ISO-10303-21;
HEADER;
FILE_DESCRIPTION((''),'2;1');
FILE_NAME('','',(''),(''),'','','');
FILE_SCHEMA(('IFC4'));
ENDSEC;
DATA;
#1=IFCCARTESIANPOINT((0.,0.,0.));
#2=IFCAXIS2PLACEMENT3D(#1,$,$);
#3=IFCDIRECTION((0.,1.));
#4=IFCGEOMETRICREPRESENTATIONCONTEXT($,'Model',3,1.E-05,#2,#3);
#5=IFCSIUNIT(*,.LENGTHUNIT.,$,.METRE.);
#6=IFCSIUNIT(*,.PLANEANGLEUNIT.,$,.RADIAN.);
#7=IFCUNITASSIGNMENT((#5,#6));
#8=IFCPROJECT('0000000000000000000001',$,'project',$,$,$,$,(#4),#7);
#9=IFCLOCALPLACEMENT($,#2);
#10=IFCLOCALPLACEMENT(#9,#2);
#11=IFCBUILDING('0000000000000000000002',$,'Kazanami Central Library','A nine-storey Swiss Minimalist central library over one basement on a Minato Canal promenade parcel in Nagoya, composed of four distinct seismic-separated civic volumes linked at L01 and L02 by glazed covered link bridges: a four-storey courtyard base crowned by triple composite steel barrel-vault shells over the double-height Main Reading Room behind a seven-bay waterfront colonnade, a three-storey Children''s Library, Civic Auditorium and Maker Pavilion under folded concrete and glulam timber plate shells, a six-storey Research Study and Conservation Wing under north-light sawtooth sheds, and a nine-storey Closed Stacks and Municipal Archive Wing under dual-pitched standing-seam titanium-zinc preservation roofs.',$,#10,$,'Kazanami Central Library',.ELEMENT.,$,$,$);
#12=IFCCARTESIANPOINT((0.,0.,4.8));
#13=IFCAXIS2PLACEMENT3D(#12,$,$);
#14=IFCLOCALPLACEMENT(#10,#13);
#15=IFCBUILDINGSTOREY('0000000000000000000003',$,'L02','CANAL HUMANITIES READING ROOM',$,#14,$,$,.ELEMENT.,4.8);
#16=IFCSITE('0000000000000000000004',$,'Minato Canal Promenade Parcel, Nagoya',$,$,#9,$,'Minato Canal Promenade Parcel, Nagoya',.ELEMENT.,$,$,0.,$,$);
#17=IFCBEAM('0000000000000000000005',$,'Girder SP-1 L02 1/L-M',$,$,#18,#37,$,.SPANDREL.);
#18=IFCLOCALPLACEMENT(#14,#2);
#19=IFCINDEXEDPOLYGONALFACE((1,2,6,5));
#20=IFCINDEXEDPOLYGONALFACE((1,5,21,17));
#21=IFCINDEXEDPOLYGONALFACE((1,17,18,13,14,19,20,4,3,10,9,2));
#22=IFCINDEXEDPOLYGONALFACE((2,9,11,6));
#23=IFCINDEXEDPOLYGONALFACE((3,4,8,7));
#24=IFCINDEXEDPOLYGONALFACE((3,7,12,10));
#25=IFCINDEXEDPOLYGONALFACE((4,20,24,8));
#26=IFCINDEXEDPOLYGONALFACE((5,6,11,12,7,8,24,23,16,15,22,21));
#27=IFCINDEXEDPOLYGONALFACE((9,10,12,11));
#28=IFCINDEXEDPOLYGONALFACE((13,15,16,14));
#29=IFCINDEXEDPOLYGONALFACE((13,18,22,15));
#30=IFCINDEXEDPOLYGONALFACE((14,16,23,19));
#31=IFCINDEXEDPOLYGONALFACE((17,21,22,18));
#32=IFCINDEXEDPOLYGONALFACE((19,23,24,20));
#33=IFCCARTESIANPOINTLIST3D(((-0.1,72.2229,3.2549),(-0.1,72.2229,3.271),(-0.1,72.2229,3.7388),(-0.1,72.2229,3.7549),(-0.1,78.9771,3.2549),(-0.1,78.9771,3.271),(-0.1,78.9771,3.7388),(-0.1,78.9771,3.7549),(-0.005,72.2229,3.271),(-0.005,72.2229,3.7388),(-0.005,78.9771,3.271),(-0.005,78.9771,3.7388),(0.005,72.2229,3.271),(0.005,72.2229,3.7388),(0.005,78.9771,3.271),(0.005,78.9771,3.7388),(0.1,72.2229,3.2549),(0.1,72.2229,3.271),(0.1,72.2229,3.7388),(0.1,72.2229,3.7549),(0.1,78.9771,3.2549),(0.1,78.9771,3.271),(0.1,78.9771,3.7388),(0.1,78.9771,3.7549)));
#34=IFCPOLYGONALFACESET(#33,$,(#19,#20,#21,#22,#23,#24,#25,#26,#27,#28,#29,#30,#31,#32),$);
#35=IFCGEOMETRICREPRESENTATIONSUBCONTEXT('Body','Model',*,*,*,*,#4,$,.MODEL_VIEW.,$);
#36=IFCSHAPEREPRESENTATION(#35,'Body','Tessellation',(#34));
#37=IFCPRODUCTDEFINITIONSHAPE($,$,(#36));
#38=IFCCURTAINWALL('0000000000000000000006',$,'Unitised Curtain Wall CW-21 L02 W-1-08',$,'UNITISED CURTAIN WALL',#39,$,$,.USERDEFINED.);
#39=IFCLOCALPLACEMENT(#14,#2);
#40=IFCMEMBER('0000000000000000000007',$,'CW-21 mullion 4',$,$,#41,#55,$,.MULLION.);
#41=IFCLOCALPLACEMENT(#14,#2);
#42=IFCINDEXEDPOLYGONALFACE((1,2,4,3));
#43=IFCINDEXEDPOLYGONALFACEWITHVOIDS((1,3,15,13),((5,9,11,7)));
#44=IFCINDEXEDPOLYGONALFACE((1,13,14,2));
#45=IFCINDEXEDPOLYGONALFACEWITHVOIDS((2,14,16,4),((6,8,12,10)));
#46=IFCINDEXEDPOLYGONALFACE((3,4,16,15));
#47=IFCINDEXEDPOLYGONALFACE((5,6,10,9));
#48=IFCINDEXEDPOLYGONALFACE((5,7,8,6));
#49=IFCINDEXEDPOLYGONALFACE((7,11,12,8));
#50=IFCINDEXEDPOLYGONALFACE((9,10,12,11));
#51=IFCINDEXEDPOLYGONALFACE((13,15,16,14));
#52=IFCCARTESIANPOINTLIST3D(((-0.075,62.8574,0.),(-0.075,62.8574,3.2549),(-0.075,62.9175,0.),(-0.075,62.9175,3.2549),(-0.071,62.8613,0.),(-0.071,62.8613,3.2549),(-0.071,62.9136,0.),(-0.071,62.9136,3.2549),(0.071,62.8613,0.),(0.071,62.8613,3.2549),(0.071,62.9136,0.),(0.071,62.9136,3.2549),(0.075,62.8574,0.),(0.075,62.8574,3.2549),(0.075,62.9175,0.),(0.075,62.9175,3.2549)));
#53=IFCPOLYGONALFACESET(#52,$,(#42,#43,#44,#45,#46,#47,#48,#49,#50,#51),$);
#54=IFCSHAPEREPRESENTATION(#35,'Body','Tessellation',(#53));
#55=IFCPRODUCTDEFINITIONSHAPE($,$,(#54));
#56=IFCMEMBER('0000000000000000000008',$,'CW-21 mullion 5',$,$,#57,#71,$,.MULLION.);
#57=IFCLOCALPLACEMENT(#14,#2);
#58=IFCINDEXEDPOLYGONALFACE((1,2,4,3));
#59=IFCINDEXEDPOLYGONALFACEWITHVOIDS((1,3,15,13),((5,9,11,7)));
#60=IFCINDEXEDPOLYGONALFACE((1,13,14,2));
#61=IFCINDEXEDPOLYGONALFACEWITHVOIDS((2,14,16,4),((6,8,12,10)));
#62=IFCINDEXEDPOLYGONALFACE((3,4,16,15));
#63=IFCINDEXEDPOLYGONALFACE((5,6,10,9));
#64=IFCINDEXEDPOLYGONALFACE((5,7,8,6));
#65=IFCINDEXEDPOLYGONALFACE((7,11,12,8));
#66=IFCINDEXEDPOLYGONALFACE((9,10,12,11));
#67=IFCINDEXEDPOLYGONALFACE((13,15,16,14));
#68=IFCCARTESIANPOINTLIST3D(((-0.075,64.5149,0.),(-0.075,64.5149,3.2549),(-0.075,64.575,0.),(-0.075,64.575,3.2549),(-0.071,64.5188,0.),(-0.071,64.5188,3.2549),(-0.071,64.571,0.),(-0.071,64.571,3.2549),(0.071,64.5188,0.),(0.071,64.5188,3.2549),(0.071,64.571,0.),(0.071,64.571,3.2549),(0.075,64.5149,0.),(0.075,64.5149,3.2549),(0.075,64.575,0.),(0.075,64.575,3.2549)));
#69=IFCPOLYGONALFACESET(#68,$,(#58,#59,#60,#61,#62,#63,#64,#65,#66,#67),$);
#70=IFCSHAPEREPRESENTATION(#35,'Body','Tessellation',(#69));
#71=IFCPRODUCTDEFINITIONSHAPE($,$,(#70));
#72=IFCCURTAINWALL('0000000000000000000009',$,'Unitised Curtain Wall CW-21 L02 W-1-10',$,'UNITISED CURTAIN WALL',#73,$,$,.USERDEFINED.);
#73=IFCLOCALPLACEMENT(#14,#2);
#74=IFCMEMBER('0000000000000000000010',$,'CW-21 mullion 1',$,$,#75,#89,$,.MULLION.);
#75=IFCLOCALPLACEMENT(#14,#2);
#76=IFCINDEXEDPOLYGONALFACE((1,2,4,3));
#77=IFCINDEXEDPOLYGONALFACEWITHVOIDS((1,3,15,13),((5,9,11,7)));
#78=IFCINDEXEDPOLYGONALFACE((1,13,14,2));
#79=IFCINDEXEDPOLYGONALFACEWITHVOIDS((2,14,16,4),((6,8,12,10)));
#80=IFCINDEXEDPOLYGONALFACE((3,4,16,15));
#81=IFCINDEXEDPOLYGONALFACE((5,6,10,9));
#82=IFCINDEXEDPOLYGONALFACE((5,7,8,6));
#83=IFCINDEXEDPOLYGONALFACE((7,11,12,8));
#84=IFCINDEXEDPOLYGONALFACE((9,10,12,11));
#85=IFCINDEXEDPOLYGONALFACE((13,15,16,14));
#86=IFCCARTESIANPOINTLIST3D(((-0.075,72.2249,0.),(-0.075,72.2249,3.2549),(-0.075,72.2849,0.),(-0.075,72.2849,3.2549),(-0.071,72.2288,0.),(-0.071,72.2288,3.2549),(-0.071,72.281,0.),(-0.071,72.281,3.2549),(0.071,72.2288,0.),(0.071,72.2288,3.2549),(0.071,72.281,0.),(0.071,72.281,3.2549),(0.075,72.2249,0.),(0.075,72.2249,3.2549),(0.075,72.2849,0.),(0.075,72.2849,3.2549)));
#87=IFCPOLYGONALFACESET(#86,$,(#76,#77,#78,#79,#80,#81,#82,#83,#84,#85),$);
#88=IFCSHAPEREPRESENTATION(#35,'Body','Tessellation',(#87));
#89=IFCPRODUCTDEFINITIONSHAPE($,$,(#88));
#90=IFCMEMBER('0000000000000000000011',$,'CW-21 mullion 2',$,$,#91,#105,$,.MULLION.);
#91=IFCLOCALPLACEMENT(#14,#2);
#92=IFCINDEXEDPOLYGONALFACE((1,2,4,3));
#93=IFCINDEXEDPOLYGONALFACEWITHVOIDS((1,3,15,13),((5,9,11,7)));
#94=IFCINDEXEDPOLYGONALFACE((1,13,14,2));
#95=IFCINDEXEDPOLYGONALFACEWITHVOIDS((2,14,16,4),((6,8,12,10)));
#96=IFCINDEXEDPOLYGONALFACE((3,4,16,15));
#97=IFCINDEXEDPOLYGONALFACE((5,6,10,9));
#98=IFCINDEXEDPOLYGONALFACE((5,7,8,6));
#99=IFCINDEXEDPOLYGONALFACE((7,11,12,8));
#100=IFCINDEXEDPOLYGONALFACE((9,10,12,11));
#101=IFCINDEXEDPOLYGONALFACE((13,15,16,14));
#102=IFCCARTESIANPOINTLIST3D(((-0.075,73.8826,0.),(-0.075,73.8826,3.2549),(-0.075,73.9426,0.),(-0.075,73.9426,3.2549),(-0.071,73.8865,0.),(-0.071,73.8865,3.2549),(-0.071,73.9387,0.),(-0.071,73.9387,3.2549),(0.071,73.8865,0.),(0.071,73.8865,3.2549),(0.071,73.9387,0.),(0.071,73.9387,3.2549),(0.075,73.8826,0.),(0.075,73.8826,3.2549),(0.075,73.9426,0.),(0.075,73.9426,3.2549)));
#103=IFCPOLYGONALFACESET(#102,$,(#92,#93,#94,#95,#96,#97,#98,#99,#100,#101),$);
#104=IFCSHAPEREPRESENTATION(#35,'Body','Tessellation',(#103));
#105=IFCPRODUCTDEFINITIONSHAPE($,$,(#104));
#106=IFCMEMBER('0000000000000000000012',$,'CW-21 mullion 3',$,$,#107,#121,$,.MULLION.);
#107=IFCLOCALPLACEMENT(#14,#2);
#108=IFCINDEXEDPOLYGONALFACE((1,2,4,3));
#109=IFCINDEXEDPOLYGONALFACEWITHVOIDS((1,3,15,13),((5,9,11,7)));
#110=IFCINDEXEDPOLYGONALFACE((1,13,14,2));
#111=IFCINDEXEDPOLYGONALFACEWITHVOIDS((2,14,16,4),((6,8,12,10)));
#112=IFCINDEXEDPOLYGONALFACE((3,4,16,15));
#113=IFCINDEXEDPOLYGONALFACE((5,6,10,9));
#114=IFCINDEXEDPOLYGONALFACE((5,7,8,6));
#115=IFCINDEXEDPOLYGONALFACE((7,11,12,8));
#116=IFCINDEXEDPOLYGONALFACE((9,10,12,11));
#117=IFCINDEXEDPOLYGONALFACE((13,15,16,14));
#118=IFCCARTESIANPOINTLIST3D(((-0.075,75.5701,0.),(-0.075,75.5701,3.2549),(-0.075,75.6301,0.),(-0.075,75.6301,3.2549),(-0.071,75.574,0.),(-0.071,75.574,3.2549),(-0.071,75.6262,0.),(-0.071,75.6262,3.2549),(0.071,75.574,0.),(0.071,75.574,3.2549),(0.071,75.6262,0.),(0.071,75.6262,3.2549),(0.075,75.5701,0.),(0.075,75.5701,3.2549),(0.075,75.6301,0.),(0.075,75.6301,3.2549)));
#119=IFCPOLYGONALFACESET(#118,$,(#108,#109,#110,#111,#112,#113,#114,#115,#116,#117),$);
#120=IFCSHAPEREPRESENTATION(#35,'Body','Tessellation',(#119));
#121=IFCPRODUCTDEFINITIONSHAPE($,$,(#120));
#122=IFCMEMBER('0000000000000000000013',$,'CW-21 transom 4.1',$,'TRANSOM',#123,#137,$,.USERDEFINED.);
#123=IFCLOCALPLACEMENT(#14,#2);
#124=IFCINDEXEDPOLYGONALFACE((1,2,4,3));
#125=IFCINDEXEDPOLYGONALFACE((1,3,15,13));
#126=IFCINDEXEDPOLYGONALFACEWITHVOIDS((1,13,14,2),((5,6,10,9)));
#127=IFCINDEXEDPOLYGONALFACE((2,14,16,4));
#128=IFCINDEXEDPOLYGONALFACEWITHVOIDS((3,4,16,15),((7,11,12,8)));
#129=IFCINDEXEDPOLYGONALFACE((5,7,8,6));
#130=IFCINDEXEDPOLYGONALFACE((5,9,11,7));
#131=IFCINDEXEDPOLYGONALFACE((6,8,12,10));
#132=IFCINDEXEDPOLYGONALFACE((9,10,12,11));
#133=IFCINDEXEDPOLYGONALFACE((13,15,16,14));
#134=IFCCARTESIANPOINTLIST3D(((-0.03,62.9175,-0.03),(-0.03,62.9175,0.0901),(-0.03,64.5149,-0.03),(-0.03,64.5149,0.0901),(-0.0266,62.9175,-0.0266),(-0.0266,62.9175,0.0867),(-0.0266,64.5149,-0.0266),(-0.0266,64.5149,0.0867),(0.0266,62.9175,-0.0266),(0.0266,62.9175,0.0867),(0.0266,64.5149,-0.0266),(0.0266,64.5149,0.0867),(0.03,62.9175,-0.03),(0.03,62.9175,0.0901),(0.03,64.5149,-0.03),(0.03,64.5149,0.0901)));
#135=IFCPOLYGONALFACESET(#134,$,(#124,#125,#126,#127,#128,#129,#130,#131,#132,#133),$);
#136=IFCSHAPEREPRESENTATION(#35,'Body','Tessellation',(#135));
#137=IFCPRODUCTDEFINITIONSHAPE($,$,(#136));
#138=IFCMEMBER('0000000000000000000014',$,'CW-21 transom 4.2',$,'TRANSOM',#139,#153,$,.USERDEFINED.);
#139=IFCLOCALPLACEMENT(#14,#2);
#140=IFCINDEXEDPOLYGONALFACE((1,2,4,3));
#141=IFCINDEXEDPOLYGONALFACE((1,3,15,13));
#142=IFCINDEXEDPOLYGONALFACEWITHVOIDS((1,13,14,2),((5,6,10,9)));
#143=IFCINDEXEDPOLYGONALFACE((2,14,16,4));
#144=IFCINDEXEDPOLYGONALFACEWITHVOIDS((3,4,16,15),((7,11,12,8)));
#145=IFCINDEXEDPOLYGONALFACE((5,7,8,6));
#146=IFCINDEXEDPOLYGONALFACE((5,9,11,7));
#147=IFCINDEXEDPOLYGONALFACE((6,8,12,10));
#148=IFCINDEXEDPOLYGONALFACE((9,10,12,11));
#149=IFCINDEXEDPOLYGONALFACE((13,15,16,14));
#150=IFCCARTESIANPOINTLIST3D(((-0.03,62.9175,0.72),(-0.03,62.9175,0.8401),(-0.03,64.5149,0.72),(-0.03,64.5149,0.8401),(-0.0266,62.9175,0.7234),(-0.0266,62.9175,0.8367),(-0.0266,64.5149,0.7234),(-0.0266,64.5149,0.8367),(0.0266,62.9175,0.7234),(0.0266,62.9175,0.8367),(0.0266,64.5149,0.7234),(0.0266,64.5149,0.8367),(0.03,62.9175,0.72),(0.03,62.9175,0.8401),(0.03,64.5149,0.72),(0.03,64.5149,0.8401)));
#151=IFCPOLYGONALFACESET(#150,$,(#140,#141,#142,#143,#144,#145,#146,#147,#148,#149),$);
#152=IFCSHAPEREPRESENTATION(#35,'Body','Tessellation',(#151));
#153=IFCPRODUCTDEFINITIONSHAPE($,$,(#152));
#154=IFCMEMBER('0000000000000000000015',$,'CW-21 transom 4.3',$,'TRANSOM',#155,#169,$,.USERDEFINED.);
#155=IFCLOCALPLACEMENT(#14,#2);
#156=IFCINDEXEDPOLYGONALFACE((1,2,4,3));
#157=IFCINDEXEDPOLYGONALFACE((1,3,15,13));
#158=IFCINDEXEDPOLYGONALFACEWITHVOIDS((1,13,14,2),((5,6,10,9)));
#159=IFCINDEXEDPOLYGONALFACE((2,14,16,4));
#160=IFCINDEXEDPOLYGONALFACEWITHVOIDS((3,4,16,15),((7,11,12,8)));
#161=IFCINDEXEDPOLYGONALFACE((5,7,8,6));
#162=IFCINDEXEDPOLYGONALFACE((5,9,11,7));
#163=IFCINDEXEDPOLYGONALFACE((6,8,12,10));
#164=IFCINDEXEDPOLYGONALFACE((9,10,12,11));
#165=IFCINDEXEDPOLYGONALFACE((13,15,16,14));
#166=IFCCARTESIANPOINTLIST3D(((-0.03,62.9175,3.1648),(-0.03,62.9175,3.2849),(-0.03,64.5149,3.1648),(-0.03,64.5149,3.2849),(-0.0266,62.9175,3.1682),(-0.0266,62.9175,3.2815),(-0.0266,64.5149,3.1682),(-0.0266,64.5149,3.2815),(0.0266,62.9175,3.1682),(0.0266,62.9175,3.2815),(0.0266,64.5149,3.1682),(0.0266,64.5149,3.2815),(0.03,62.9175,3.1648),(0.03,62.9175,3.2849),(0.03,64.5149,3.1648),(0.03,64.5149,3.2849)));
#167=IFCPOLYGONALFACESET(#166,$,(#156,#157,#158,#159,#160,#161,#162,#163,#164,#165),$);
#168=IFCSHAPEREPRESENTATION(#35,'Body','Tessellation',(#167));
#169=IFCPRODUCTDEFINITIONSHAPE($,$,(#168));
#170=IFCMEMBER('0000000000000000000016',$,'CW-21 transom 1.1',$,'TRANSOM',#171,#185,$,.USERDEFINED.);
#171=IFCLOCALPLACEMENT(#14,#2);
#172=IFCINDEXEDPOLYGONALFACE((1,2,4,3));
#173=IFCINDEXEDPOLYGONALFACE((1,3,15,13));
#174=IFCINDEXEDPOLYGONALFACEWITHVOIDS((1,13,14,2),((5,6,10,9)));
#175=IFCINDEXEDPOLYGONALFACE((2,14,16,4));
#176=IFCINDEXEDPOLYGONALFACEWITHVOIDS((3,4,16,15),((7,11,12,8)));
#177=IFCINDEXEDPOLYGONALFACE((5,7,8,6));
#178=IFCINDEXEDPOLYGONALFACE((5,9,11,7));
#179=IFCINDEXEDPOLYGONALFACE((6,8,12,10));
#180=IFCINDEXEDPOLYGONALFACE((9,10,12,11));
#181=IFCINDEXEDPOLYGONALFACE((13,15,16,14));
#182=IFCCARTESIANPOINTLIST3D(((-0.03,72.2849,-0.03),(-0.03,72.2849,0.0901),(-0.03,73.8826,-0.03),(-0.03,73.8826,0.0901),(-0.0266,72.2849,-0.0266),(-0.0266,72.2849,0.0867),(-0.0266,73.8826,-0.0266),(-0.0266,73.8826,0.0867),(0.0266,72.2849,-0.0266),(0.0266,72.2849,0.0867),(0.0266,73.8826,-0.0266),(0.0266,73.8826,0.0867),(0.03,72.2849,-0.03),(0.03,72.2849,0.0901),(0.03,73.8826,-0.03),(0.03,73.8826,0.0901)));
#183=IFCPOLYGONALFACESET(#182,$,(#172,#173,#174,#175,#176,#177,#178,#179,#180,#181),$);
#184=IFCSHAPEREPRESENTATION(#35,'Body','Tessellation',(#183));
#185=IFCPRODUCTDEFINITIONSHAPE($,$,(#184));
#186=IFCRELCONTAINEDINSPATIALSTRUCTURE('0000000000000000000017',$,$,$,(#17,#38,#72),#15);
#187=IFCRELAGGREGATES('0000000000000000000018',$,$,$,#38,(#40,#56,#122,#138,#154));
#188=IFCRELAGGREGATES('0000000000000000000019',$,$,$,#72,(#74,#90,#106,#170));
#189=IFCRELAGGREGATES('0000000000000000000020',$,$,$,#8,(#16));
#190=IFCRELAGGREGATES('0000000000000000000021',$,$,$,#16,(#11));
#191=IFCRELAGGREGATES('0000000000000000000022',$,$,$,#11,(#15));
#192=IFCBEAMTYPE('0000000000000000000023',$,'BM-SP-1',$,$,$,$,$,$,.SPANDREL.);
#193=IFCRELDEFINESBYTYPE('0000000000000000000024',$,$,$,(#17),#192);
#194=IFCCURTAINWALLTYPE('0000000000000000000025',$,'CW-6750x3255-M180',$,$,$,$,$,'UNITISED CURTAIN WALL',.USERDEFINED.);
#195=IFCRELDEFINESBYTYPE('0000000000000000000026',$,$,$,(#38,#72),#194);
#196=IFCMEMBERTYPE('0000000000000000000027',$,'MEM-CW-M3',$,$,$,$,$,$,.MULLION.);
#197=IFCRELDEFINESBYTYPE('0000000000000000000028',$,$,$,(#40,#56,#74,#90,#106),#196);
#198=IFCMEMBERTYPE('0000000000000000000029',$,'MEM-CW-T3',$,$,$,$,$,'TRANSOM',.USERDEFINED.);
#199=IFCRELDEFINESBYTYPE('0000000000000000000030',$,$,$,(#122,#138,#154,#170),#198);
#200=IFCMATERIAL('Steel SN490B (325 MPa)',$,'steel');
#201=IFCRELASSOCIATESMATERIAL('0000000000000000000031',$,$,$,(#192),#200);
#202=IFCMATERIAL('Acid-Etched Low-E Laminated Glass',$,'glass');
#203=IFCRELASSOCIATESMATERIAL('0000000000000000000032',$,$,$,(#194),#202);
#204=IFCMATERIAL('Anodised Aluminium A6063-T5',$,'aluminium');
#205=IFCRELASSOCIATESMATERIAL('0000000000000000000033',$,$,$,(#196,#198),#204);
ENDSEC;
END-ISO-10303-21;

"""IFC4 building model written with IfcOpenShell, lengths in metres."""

from ifc_helpers import new_model, si_unit, direction, frame, origin, origin_2d, place, context, subcontext, project, spatial, hollow_rectangle, i_section, extrude, material, material_profile, profile_set, type_object, element, aggregate, save


model = new_model("IFC4")

# Units and contexts
model_context = context("Model", 3, precision=1e-05, world=origin(), true_north=direction((0.0, 1.0)))
body_context = subcontext(model_context, "Body", "Model", "MODEL_VIEW")
ifc_project = project(units=[si_unit("LENGTHUNIT", "METRE"), si_unit("PLANEANGLEUNIT", "RADIAN")], contexts=[model_context])

# Site, building, storey
site_placement = place(None, origin())
site = spatial("IfcSite", under=ifc_project, at=site_placement, Name="Minato Canal Promenade Parcel, Nagoya", LongName="Minato Canal Promenade Parcel, Nagoya", CompositionType="ELEMENT", RefElevation=0.0)
building_placement = place(site_placement, origin())
building = spatial("IfcBuilding", under=site, at=building_placement, Name="Kazanami Central Library", Description="A nine-storey Swiss Minimalist central library over one basement on a Minato Canal promenade parcel in Nagoya, composed of four distinct seismic-separated civic volumes linked at L01 and L02 by glazed covered link bridges: a four-storey courtyard base crowned by triple composite steel barrel-vault shells over the double-height Main Reading Room behind a seven-bay waterfront colonnade, a three-storey Children's Library, Civic Auditorium and Maker Pavilion under folded concrete and glulam timber plate shells, a six-storey Research Study and Conservation Wing under north-light sawtooth sheds, and a nine-storey Closed Stacks and Municipal Archive Wing under dual-pitched standing-seam titanium-zinc preservation roofs.", LongName="Kazanami Central Library", CompositionType="ELEMENT")
storey_placement = place(building_placement, frame((0.0, 0.0, 4.8)))
storey = spatial("IfcBuildingStorey", under=building, at=storey_placement, Name="L02", Description="CANAL HUMANITIES READING ROOM", CompositionType="ELEMENT", Elevation=4.8)

# Beam
ifc_material_1 = material(Name="Steel SN490B (325 MPa)", Category="steel")
ifc_material_profile_1 = material_profile(ifc_material_1, i_section(OverallWidth=0.2, OverallDepth=0.5, WebThickness=0.01, FlangeThickness=0.0161, at=origin_2d()), Name="H-500x200x10x16")
ifc_profile_set_1 = profile_set([ifc_material_profile_1], Name="Steel SN490B (325 MPa)")
beam_type_1 = type_object("IfcBeamType", Name="BM-SP-1", PredefinedType="SPANDREL", material=ifc_profile_set_1)
for number, where, z_axis, x_axis, name in (
    (1, (0.0, 72.2229, 3.5049), (0.0, 1.0, 0.0), (-1.0, 0.0, 0.0), "Girder SP-1 L02 1/L-M"),
):
    element("IfcBeam", number, at=place(storey_placement, frame(where, z_axis=z_axis, x_axis=x_axis)), inside=storey, type_object=beam_type_1, Name=name, PredefinedType="SPANDREL", context=body_context, shape_type="SweptSolid", body=[
        extrude(i_section(OverallWidth=0.2, OverallDepth=0.5, WebThickness=0.01, FlangeThickness=0.0161, at=origin_2d()), origin(), (0.0, 0.0, 1.0), 6.7542),
    ])

# Curtain walls, members
ifc_material_2 = material(Name="Acid-Etched Low-E Laminated Glass", Category="glass")
curtain_wall_type = type_object("IfcCurtainWallType", Name="CW-6750x3255-M180", ElementType="UNITISED CURTAIN WALL", PredefinedType="USERDEFINED", material=ifc_material_2)
curtain_wall_1_placement = place(storey_placement, origin())
curtain_wall_1 = element("IfcCurtainWall", 2, at=curtain_wall_1_placement, inside=storey, type_object=curtain_wall_type, Name="Unitised Curtain Wall CW-21 L02 W-1-08", ObjectType="UNITISED CURTAIN WALL", PredefinedType="USERDEFINED")
ifc_material_3 = material(Name="Anodised Aluminium A6063-T5", Category="aluminium")
ifc_material_profile_2 = material_profile(ifc_material_3, hollow_rectangle(XDim=0.0601, YDim=0.1499, WallThickness=0.0039, at=origin_2d()), Name="ALU-MULL-60x150x4")
ifc_profile_set_2 = profile_set([ifc_material_profile_2], Name="Anodised Aluminium A6063-T5")
member_type_1 = type_object("IfcMemberType", Name="MEM-CW-M3", PredefinedType="MULLION", material=ifc_profile_set_2)
member_1_placement = place(storey_placement, frame((0.0, 62.8875, 0.0), z_axis=(0.0, 0.0, 1.0), x_axis=(0.0, 1.0, 0.0)))
member_1 = element("IfcMember", 3, at=member_1_placement, type_object=member_type_1, Name="CW-21 mullion 4", PredefinedType="MULLION", context=body_context, shape_type="SweptSolid", body=[
    extrude(hollow_rectangle(XDim=0.0601, YDim=0.1499, WallThickness=0.0039, at=origin_2d()), origin(), (0.0, 0.0, 1.0), 3.2549),
])
member_2_placement = place(storey_placement, frame((0.0, 64.5449, 0.0), z_axis=(0.0, 0.0, 1.0), x_axis=(0.0, 1.0, 0.0)))
member_2 = element("IfcMember", 4, at=member_2_placement, type_object=member_type_1, Name="CW-21 mullion 5", PredefinedType="MULLION", context=body_context, shape_type="SweptSolid", body=[
    extrude(hollow_rectangle(XDim=0.0601, YDim=0.1499, WallThickness=0.0039, at=origin_2d()), origin(), (0.0, 0.0, 1.0), 3.2549),
])
curtain_wall_2_placement = place(storey_placement, origin())
curtain_wall_2 = element("IfcCurtainWall", 5, at=curtain_wall_2_placement, inside=storey, type_object=curtain_wall_type, Name="Unitised Curtain Wall CW-21 L02 W-1-10", ObjectType="UNITISED CURTAIN WALL", PredefinedType="USERDEFINED")
member_3_placement = place(storey_placement, frame((0.0, 72.2549, 0.0), z_axis=(0.0, 0.0, 1.0), x_axis=(0.0, 1.0, 0.0)))
member_3 = element("IfcMember", 6, at=member_3_placement, type_object=member_type_1, Name="CW-21 mullion 1", PredefinedType="MULLION", context=body_context, shape_type="SweptSolid", body=[
    extrude(hollow_rectangle(XDim=0.0601, YDim=0.1499, WallThickness=0.0039, at=origin_2d()), origin(), (0.0, 0.0, 1.0), 3.2549),
])
member_4_placement = place(storey_placement, frame((0.0, 73.9126, 0.0), z_axis=(0.0, 0.0, 1.0), x_axis=(0.0, 1.0, 0.0)))
member_4 = element("IfcMember", 7, at=member_4_placement, type_object=member_type_1, Name="CW-21 mullion 2", PredefinedType="MULLION", context=body_context, shape_type="SweptSolid", body=[
    extrude(hollow_rectangle(XDim=0.0601, YDim=0.1499, WallThickness=0.0039, at=origin_2d()), origin(), (0.0, 0.0, 1.0), 3.2549),
])
member_5_placement = place(storey_placement, frame((0.0, 75.6001, 0.0), z_axis=(0.0, 0.0, 1.0), x_axis=(0.0, 1.0, 0.0)))
member_5 = element("IfcMember", 8, at=member_5_placement, type_object=member_type_1, Name="CW-21 mullion 3", PredefinedType="MULLION", context=body_context, shape_type="SweptSolid", body=[
    extrude(hollow_rectangle(XDim=0.0601, YDim=0.1499, WallThickness=0.0039, at=origin_2d()), origin(), (0.0, 0.0, 1.0), 3.2549),
])

# Members
ifc_material_profile_3 = material_profile(ifc_material_3, hollow_rectangle(XDim=0.0601, YDim=0.1201, WallThickness=0.0034, at=origin_2d()), Name="ALU-TRAN-60x120x3.5")
ifc_profile_set_3 = profile_set([ifc_material_profile_3], Name="Anodised Aluminium A6063-T5")
member_type_2 = type_object("IfcMemberType", Name="MEM-CW-T3", ElementType="TRANSOM", PredefinedType="USERDEFINED", material=ifc_profile_set_3)
member_6_placement = place(storey_placement, frame((0.0, 62.9175, 0.03), z_axis=(0.0, 1.0, 0.0), x_axis=(-1.0, 0.0, 0.0)))
member_6 = element("IfcMember", 9, at=member_6_placement, type_object=member_type_2, Name="CW-21 transom 4.1", ObjectType="TRANSOM", PredefinedType="USERDEFINED", context=body_context, shape_type="SweptSolid", body=[
    extrude(hollow_rectangle(XDim=0.0601, YDim=0.1201, WallThickness=0.0034, at=origin_2d()), origin(), (0.0, 0.0, 1.0), 1.5974),
])
member_7_placement = place(storey_placement, frame((0.0, 62.9175, 0.78), z_axis=(0.0, 1.0, 0.0), x_axis=(-1.0, 0.0, 0.0)))
member_7 = element("IfcMember", 10, at=member_7_placement, type_object=member_type_2, Name="CW-21 transom 4.2", ObjectType="TRANSOM", PredefinedType="USERDEFINED", context=body_context, shape_type="SweptSolid", body=[
    extrude(hollow_rectangle(XDim=0.0601, YDim=0.1201, WallThickness=0.0034, at=origin_2d()), origin(), (0.0, 0.0, 1.0), 1.5974),
])
member_8_placement = place(storey_placement, frame((0.0, 62.9175, 3.2249), z_axis=(0.0, 1.0, 0.0), x_axis=(-1.0, 0.0, 0.0)))
member_8 = element("IfcMember", 11, at=member_8_placement, type_object=member_type_2, Name="CW-21 transom 4.3", ObjectType="TRANSOM", PredefinedType="USERDEFINED", context=body_context, shape_type="SweptSolid", body=[
    extrude(hollow_rectangle(XDim=0.0601, YDim=0.1201, WallThickness=0.0034, at=origin_2d()), origin(), (0.0, 0.0, 1.0), 1.5974),
])
member_9_placement = place(storey_placement, frame((0.0, 72.2849, 0.03), z_axis=(0.0, 1.0, 0.0), x_axis=(-1.0, 0.0, 0.0)))
member_9 = element("IfcMember", 12, at=member_9_placement, type_object=member_type_2, Name="CW-21 transom 1.1", ObjectType="TRANSOM", PredefinedType="USERDEFINED", context=body_context, shape_type="SweptSolid", body=[
    extrude(hollow_rectangle(XDim=0.0601, YDim=0.1201, WallThickness=0.0034, at=origin_2d()), origin(), (0.0, 0.0, 1.0), 1.5977),
])

aggregate(curtain_wall_1, [member_1, member_2, member_6, member_7, member_8])
aggregate(curtain_wall_2, [member_3, member_4, member_5, member_9])

save(model, "model.ifc")
